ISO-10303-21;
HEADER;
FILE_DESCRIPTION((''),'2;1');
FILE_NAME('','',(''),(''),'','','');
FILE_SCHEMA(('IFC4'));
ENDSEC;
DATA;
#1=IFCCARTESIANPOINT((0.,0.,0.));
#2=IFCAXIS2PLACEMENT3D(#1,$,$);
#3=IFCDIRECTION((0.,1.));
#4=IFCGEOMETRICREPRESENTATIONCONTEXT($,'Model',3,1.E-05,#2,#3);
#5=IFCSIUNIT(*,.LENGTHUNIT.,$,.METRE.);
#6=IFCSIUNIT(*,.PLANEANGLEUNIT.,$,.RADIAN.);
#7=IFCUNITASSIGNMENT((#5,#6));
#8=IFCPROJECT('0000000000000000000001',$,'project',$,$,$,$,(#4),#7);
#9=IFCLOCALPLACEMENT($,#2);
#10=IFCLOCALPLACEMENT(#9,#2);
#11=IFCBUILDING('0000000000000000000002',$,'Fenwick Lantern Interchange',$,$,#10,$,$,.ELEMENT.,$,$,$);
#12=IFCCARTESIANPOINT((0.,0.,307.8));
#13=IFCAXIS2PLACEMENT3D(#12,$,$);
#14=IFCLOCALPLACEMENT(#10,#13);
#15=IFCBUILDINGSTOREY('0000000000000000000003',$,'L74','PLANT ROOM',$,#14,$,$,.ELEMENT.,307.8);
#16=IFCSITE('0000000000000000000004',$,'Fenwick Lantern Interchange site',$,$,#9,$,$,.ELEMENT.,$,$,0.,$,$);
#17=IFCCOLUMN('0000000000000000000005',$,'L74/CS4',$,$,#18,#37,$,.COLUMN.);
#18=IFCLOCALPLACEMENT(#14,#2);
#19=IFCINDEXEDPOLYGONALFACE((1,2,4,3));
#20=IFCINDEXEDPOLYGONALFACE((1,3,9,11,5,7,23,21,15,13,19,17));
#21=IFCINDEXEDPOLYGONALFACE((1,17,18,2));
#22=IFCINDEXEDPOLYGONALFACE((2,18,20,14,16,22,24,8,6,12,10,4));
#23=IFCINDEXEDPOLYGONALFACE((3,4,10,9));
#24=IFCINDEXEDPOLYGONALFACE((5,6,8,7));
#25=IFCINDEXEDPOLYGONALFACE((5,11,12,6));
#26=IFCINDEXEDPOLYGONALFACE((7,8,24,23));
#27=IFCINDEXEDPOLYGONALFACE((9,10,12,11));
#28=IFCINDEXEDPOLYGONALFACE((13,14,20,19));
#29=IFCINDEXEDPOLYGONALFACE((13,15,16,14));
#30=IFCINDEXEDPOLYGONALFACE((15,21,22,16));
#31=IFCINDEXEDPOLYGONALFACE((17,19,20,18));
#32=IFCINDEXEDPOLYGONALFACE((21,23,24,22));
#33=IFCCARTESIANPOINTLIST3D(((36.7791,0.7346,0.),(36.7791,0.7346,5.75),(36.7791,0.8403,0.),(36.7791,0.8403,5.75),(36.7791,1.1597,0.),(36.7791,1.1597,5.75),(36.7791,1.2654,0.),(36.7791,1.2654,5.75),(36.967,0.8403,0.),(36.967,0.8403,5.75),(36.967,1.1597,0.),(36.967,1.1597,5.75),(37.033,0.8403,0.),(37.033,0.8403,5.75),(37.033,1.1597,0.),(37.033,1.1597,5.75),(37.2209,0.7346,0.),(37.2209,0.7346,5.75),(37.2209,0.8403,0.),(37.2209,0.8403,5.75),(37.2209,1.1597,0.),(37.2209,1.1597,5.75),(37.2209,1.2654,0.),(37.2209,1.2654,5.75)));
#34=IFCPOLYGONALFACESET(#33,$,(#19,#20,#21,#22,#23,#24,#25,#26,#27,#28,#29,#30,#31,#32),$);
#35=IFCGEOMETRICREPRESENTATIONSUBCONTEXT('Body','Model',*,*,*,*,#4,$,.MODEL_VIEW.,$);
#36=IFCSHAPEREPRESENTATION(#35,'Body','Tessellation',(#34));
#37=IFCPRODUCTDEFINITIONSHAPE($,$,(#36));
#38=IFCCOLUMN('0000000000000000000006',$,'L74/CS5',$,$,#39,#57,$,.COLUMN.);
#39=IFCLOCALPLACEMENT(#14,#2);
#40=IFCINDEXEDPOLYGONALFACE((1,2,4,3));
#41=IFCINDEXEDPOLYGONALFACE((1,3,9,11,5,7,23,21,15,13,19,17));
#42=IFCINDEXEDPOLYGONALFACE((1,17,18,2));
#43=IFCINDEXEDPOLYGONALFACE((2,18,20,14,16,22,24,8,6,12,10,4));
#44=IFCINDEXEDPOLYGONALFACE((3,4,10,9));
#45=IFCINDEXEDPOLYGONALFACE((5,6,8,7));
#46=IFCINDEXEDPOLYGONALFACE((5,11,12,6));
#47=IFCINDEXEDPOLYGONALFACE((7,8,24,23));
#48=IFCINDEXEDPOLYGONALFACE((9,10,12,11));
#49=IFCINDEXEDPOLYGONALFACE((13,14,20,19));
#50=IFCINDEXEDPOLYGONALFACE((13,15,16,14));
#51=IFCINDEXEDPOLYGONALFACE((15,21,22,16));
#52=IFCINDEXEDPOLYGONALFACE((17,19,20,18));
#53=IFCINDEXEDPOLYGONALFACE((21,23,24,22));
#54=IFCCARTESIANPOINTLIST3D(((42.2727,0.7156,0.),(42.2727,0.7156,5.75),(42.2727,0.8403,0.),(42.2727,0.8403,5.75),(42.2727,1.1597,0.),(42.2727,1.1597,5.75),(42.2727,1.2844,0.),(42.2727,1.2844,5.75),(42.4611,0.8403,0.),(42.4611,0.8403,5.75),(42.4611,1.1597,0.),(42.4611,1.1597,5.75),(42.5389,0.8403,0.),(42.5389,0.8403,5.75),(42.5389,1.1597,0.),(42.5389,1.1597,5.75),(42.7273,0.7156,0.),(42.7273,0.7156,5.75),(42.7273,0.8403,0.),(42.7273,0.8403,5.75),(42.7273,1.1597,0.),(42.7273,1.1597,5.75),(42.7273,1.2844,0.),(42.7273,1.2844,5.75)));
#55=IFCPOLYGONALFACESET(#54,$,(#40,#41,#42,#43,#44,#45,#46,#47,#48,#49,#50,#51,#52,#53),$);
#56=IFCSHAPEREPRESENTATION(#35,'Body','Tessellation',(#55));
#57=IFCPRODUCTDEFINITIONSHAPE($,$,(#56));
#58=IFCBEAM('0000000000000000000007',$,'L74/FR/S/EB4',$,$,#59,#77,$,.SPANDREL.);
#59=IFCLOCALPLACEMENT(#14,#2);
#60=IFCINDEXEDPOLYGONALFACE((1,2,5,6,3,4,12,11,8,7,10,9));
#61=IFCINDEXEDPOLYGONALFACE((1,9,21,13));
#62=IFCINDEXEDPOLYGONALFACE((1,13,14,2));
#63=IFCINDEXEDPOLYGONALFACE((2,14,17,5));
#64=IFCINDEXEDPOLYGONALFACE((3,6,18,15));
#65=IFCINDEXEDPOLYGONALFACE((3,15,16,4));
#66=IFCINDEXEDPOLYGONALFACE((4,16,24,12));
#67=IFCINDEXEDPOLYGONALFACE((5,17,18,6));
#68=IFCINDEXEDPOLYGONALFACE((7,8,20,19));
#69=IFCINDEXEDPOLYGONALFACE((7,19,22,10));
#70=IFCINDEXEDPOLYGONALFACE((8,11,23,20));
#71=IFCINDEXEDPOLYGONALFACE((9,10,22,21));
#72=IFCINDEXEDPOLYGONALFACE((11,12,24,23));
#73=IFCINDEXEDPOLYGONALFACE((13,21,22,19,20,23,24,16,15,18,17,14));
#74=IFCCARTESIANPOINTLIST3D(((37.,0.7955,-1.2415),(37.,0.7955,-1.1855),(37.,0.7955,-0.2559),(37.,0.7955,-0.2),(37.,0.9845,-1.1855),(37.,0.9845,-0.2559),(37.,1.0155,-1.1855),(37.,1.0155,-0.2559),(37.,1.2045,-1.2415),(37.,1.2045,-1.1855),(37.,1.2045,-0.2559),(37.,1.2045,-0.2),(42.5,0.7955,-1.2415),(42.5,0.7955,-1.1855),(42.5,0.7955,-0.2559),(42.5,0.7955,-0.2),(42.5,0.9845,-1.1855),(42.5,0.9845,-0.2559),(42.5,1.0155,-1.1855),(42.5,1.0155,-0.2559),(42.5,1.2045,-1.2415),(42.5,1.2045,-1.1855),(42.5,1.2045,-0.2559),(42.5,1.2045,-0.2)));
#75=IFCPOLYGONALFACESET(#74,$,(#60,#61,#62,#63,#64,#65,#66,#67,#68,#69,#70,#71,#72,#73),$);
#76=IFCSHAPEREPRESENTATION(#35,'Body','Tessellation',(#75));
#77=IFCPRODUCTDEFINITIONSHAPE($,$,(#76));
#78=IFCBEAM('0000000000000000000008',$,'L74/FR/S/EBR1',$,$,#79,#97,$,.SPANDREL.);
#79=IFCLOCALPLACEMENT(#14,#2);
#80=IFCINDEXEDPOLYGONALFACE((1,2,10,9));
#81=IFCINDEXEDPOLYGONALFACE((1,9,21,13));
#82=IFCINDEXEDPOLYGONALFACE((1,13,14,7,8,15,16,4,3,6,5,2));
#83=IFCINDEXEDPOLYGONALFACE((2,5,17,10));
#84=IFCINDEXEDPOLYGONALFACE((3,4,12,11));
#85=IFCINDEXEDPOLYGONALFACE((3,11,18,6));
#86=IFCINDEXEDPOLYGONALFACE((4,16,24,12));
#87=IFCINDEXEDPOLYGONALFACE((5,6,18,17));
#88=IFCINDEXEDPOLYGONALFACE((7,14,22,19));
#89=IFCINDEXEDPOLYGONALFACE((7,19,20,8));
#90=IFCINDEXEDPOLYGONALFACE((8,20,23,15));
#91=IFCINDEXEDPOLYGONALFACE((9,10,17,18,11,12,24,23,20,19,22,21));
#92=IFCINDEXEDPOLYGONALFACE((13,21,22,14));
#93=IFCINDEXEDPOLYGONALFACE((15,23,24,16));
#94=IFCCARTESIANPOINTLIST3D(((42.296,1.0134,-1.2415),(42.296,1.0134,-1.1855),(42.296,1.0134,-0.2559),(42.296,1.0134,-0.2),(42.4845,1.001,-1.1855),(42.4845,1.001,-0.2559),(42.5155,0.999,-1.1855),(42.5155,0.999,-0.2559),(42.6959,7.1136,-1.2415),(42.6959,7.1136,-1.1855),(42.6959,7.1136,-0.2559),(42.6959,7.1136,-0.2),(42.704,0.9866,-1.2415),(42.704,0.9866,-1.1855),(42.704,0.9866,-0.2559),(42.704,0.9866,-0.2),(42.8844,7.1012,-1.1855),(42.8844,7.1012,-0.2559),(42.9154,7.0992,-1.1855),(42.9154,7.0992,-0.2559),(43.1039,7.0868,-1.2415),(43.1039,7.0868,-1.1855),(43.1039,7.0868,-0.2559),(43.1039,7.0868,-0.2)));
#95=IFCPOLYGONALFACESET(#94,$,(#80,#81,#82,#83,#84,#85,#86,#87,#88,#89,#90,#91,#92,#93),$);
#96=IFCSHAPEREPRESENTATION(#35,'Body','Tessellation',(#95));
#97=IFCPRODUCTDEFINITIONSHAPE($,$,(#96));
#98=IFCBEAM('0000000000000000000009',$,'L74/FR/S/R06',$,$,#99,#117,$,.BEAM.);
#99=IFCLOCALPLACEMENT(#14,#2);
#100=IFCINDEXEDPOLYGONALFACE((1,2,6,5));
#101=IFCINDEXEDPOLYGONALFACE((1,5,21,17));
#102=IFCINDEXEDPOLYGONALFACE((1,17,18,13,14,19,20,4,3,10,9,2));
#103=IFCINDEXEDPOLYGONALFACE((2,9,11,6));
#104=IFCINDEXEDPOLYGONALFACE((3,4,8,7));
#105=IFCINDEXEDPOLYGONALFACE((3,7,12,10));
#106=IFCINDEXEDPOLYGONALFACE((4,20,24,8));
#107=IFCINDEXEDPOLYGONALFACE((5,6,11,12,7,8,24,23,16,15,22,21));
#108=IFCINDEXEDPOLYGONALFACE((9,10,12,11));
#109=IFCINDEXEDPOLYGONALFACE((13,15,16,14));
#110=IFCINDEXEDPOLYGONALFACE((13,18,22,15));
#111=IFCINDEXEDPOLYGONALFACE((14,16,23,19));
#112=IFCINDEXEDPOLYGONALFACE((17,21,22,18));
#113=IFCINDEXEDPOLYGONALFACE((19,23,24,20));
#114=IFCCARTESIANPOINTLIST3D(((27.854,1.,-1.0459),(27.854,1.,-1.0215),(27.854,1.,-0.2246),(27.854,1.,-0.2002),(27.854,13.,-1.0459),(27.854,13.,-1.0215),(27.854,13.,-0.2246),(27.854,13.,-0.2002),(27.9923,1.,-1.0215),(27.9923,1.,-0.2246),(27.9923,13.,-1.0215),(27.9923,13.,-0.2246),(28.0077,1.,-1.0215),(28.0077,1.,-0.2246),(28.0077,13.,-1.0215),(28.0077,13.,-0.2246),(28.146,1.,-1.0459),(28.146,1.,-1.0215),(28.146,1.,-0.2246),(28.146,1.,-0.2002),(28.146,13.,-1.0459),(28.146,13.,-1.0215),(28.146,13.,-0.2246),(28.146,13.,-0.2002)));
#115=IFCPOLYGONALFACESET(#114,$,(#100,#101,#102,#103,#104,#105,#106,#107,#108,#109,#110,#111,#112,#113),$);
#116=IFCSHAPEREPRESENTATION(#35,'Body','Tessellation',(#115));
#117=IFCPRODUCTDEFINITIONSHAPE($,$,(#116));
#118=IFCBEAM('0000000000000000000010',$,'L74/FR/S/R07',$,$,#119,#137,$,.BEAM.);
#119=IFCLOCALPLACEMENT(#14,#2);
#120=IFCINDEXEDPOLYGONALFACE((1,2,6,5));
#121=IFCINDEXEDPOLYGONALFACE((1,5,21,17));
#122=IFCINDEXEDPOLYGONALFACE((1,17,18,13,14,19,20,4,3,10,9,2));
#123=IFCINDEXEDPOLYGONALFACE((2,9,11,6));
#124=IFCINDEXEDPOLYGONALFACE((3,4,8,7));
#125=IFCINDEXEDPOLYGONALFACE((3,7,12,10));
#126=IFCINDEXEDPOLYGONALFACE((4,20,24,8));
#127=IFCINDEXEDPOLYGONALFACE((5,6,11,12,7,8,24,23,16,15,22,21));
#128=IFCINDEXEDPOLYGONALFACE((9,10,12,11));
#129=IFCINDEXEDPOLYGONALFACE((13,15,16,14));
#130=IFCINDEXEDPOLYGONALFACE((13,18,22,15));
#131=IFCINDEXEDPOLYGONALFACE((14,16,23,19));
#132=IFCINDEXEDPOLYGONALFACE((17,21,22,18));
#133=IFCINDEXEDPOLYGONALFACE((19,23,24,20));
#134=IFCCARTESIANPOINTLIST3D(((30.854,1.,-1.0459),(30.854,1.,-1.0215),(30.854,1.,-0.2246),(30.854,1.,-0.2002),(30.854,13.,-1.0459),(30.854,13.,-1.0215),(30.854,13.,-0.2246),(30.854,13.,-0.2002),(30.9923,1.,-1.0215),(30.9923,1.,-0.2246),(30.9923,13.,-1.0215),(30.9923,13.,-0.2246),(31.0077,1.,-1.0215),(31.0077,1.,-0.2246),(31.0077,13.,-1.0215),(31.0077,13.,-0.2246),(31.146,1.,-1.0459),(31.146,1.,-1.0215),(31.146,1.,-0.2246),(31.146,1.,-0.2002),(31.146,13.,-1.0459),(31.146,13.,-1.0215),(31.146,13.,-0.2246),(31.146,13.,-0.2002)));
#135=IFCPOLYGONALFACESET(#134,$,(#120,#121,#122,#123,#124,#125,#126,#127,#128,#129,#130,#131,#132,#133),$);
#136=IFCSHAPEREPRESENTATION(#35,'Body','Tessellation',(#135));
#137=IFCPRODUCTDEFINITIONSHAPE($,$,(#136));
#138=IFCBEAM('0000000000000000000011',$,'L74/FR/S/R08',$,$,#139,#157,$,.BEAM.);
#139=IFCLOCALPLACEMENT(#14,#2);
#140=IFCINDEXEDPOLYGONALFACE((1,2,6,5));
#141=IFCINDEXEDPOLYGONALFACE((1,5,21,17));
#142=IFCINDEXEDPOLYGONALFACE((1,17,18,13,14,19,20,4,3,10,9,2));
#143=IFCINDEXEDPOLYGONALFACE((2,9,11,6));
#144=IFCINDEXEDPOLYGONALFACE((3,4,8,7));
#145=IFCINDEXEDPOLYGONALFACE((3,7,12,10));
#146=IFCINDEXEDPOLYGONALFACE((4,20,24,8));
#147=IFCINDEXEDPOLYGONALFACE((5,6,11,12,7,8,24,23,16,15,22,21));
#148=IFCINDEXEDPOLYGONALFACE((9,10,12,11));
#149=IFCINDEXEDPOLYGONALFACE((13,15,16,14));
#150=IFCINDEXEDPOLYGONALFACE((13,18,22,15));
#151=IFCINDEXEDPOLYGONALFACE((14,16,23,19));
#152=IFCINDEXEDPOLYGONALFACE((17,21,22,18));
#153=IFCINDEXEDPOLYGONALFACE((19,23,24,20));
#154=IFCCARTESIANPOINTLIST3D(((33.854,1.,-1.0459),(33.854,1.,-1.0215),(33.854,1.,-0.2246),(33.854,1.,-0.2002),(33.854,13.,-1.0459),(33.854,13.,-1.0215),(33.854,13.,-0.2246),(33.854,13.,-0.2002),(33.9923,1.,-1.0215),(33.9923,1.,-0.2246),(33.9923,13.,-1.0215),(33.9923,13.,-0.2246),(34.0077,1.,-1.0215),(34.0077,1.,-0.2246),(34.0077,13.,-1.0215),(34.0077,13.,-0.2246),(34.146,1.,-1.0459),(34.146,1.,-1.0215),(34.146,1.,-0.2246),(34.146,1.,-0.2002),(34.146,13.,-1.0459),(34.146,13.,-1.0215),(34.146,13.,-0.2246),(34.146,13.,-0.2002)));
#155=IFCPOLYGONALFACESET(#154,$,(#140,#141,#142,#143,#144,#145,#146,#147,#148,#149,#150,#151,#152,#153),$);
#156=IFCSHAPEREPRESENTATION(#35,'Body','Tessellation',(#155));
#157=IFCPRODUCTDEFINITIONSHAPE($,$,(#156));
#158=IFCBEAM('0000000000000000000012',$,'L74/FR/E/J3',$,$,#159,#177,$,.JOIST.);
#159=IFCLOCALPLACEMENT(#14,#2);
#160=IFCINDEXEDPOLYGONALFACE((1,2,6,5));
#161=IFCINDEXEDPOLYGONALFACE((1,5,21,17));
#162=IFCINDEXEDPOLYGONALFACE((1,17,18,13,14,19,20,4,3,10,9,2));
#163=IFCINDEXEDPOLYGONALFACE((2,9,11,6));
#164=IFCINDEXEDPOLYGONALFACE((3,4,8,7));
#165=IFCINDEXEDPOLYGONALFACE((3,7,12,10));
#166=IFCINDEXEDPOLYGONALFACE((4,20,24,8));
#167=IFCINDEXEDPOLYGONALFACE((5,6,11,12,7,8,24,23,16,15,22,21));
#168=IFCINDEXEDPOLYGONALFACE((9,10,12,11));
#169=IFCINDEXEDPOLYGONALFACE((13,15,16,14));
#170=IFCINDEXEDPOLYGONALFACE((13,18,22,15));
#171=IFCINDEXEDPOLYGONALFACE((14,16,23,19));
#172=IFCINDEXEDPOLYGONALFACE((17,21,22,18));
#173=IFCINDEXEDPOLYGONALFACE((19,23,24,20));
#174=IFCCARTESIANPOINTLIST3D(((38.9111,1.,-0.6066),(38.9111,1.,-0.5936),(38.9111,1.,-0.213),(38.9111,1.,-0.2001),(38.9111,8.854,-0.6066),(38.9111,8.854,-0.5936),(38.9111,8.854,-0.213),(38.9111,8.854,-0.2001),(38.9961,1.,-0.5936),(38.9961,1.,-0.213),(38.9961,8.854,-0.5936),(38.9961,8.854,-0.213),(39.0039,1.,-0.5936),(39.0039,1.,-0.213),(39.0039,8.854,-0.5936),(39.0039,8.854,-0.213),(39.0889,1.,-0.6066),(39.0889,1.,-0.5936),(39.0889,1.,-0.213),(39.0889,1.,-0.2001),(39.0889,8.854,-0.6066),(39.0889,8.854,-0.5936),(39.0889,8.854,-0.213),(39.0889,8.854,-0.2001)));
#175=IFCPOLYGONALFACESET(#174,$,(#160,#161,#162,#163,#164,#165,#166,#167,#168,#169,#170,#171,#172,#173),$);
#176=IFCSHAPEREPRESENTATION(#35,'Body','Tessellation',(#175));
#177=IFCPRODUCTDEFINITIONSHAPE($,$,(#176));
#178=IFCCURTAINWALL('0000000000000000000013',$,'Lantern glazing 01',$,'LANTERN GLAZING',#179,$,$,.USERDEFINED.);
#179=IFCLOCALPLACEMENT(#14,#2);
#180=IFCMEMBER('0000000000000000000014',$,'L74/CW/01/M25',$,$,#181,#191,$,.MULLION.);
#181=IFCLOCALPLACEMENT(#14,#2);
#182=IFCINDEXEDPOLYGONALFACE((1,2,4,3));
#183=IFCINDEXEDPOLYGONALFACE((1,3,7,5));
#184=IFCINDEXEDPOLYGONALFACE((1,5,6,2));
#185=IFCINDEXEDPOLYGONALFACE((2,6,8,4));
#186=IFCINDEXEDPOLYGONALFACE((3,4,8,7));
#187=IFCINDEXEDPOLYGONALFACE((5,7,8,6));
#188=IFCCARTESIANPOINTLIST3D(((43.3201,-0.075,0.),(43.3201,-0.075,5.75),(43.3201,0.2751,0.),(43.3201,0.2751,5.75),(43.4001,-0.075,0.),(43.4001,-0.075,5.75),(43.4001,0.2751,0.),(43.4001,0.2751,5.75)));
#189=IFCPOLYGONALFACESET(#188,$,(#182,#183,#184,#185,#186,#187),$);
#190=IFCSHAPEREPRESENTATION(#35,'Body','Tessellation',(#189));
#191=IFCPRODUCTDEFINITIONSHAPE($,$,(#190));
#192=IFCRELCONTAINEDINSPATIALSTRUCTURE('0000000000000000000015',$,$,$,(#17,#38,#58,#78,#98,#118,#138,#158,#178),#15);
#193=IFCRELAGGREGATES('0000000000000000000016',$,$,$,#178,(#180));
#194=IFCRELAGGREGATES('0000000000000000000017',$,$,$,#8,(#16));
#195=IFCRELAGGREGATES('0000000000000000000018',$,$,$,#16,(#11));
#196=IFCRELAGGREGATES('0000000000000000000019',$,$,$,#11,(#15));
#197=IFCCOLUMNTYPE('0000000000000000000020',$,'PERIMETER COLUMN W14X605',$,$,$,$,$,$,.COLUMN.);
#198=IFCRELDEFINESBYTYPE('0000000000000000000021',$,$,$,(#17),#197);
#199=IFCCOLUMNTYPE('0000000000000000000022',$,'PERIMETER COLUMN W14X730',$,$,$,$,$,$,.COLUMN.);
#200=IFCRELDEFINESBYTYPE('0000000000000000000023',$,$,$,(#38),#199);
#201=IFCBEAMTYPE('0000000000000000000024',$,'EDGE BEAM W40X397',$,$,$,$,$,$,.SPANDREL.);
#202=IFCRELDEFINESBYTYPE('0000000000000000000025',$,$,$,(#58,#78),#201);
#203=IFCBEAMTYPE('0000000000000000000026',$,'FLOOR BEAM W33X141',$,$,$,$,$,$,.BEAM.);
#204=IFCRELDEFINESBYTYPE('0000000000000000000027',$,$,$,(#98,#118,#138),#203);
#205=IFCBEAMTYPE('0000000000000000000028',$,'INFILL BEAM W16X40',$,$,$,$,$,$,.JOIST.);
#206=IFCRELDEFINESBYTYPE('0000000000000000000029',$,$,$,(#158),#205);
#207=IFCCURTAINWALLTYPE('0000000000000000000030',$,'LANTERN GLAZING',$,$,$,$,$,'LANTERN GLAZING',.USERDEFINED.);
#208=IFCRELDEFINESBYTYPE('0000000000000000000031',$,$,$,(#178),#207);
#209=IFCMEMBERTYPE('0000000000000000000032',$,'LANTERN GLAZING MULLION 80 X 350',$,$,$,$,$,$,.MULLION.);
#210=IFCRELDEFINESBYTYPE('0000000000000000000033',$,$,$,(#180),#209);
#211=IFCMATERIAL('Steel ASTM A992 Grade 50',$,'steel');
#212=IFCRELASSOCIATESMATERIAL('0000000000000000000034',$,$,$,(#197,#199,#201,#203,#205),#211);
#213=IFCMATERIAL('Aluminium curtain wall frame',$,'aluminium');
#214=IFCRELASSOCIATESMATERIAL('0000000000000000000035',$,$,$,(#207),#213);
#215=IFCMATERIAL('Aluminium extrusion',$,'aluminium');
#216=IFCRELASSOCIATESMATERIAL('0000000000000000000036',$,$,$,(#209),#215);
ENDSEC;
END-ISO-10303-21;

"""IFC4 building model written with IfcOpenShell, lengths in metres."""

from ifc_helpers import new_model, si_unit, direction, frame, origin, origin_2d, place, context, subcontext, project, spatial, rectangle, i_section, extrude, material, material_profile, profile_set, type_object, element, aggregate, save


model = new_model("IFC4")

# Units and contexts
model_context = context("Model", 3, precision=1e-05, world=origin(), true_north=direction((0.0, 1.0)))
body_context = subcontext(model_context, "Body", "Model", "MODEL_VIEW")
ifc_project = project(units=[si_unit("LENGTHUNIT", "METRE"), si_unit("PLANEANGLEUNIT", "RADIAN")], contexts=[model_context])

# Site, building, storey
site_placement = place(None, origin())
site = spatial("IfcSite", under=ifc_project, at=site_placement, Name="Fenwick Lantern Interchange site", CompositionType="ELEMENT", RefElevation=0.0)
building_placement = place(site_placement, origin())
building = spatial("IfcBuilding", under=site, at=building_placement, Name="Fenwick Lantern Interchange", CompositionType="ELEMENT")
storey_placement = place(building_placement, frame((0.0, 0.0, 307.8)))
storey = spatial("IfcBuildingStorey", under=building, at=storey_placement, Name="L74", Description="PLANT ROOM", CompositionType="ELEMENT", Elevation=307.8)

# Columns
ifc_material_1 = material(Name="Steel ASTM A992 Grade 50", Category="steel")
ifc_material_profile_1 = material_profile(ifc_material_1, i_section(OverallWidth=0.4419, OverallDepth=0.5308, WebThickness=0.0659, FlangeThickness=0.1057, at=origin_2d()), Name="W14X605")
ifc_profile_set_1 = profile_set([ifc_material_profile_1], Name="Steel ASTM A992 Grade 50")
column_type_1 = type_object("IfcColumnType", Name="PERIMETER COLUMN W14X605", PredefinedType="COLUMN", material=ifc_profile_set_1)
column_1_placement = place(storey_placement, frame((37.0, 1.0, 0.0), z_axis=(0.0, 0.0, 1.0), x_axis=(1.0, 0.0, 0.0)))
element("IfcColumn", 1, at=column_1_placement, inside=storey, type_object=column_type_1, Name="L74/CS4", PredefinedType="COLUMN", context=body_context, shape_type="SweptSolid", body=[
    extrude(i_section(OverallWidth=0.4419, OverallDepth=0.5308, WebThickness=0.0659, FlangeThickness=0.1057, at=origin_2d()), origin(), (0.0, 0.0, 1.0), 5.75),
])
ifc_material_profile_2 = material_profile(ifc_material_1, i_section(OverallWidth=0.4546, OverallDepth=0.5688, WebThickness=0.0779, FlangeThickness=0.1248, at=origin_2d()), Name="W14X730")
ifc_profile_set_2 = profile_set([ifc_material_profile_2], Name="Steel ASTM A992 Grade 50")
column_type_2 = type_object("IfcColumnType", Name="PERIMETER COLUMN W14X730", PredefinedType="COLUMN", material=ifc_profile_set_2)
column_2_placement = place(storey_placement, frame((42.5, 1.0, 0.0), z_axis=(0.0, 0.0, 1.0), x_axis=(1.0, 0.0, 0.0)))
element("IfcColumn", 2, at=column_2_placement, inside=storey, type_object=column_type_2, Name="L74/CS5", PredefinedType="COLUMN", context=body_context, shape_type="SweptSolid", body=[
    extrude(i_section(OverallWidth=0.4546, OverallDepth=0.5688, WebThickness=0.0779, FlangeThickness=0.1248, at=origin_2d()), origin(), (0.0, 0.0, 1.0), 5.75),
])

# Beams
ifc_material_profile_3 = material_profile(ifc_material_1, i_section(OverallWidth=0.4089, OverallDepth=1.0415, WebThickness=0.031, FlangeThickness=0.0559, at=origin_2d()), Name="W40X397")
ifc_profile_set_3 = profile_set([ifc_material_profile_3], Name="Steel ASTM A992 Grade 50")
beam_type_1 = type_object("IfcBeamType", Name="EDGE BEAM W40X397", PredefinedType="SPANDREL", material=ifc_profile_set_3)
beam_1_placement = place(storey_placement, frame((37.0, 1.0, -0.7207), z_axis=(1.0, 0.0, 0.0), x_axis=(0.0, 1.0, 0.0)))
element("IfcBeam", 3, at=beam_1_placement, inside=storey, type_object=beam_type_1, Name="L74/FR/S/EB4", PredefinedType="SPANDREL", context=body_context, shape_type="SweptSolid", body=[
    extrude(i_section(OverallWidth=0.4089, OverallDepth=1.0415, WebThickness=0.031, FlangeThickness=0.0559, at=origin_2d()), origin(), (0.0, 0.0, 1.0), 5.5),
])
beam_2_placement = place(storey_placement, frame((42.5, 1.0, -0.7207), z_axis=(0.065416, 0.997858, 0.0), x_axis=(-0.997858, 0.065416, 0.0)))
element("IfcBeam", 4, at=beam_2_placement, inside=storey, type_object=beam_type_1, Name="L74/FR/S/EBR1", PredefinedType="SPANDREL", context=body_context, shape_type="SweptSolid", body=[
    extrude(i_section(OverallWidth=0.4089, OverallDepth=1.0415, WebThickness=0.031, FlangeThickness=0.0559, at=origin_2d()), origin(), (0.0, 0.0, 1.0), 6.1133),
])
ifc_material_profile_4 = material_profile(ifc_material_1, i_section(OverallWidth=0.292, OverallDepth=0.8457, WebThickness=0.0154, FlangeThickness=0.0244, at=origin_2d()), Name="W33X141")
ifc_profile_set_4 = profile_set([ifc_material_profile_4], Name="Steel ASTM A992 Grade 50")
beam_type_2 = type_object("IfcBeamType", Name="FLOOR BEAM W33X141", PredefinedType="BEAM", material=ifc_profile_set_4)
for number, where, z_axis, x_axis, name in (
    (5, (28.0, 1.0, -0.623), (0.0, 1.0, 0.0), (-1.0, 0.0, 0.0), "L74/FR/S/R06"),
    (6, (31.0, 1.0, -0.623), (0.0, 1.0, 0.0), (-1.0, 0.0, 0.0), "L74/FR/S/R07"),
    (7, (34.0, 1.0, -0.623), (0.0, 1.0, 0.0), (-1.0, 0.0, 0.0), "L74/FR/S/R08"),
):
    element("IfcBeam", number, at=place(storey_placement, frame(where, z_axis=z_axis, x_axis=x_axis)), inside=storey, type_object=beam_type_2, Name=name, PredefinedType="BEAM", context=body_context, shape_type="SweptSolid", body=[
        extrude(i_section(OverallWidth=0.292, OverallDepth=0.8457, WebThickness=0.0154, FlangeThickness=0.0244, at=origin_2d()), origin(), (0.0, 0.0, 1.0), 12.0),
    ])
ifc_material_profile_5 = material_profile(ifc_material_1, i_section(OverallWidth=0.1777, OverallDepth=0.4065, WebThickness=0.0078, FlangeThickness=0.0129, at=origin_2d()), Name="W16X40")
ifc_profile_set_5 = profile_set([ifc_material_profile_5], Name="Steel ASTM A992 Grade 50")
beam_type_3 = type_object("IfcBeamType", Name="INFILL BEAM W16X40", PredefinedType="JOIST", material=ifc_profile_set_5)
beam_3_placement = place(storey_placement, frame((39.0, 1.0, -0.4033), z_axis=(0.0, 1.0, 0.0), x_axis=(-1.0, 0.0, 0.0)))
element("IfcBeam", 8, at=beam_3_placement, inside=storey, type_object=beam_type_3, Name="L74/FR/E/J3", PredefinedType="JOIST", context=body_context, shape_type="SweptSolid", body=[
    extrude(i_section(OverallWidth=0.1777, OverallDepth=0.4065, WebThickness=0.0078, FlangeThickness=0.0129, at=origin_2d()), origin(), (0.0, 0.0, 1.0), 7.854),
])

# Curtain wall, member
ifc_material_2 = material(Name="Aluminium curtain wall frame", Category="aluminium")
curtain_wall_type = type_object("IfcCurtainWallType", Name="LANTERN GLAZING", ElementType="LANTERN GLAZING", PredefinedType="USERDEFINED", material=ifc_material_2)
curtain_wall_1_placement = place(storey_placement, origin())
curtain_wall_1 = element("IfcCurtainWall", 9, at=curtain_wall_1_placement, inside=storey, type_object=curtain_wall_type, Name="Lantern glazing 01", ObjectType="LANTERN GLAZING", PredefinedType="USERDEFINED")
ifc_material_3 = material(Name="Aluminium extrusion", Category="aluminium")
ifc_material_profile_6 = material_profile(ifc_material_3, rectangle(XDim=0.3501, YDim=0.0801, at=origin_2d()), Name="LANTERN GLAZING MULLION 80 X 350")
ifc_profile_set_6 = profile_set([ifc_material_profile_6], Name="Aluminium extrusion")
member_type_1 = type_object("IfcMemberType", Name="LANTERN GLAZING MULLION 80 X 350", PredefinedType="MULLION", material=ifc_profile_set_6)
member_1_placement = place(storey_placement, frame((43.3601, 0.1001, 0.0), z_axis=(0.0, 0.0, 1.0), x_axis=(0.0, 1.0, 0.0)))
member_1 = element("IfcMember", 10, at=member_1_placement, type_object=member_type_1, Name="L74/CW/01/M25", PredefinedType="MULLION", context=body_context, shape_type="SweptSolid", body=[
    extrude(rectangle(XDim=0.3501, YDim=0.0801, at=origin_2d()), origin(), (0.0, 0.0, 1.0), 5.75),
])
aggregate(curtain_wall_1, [member_1])

save(model, "model.ifc")
